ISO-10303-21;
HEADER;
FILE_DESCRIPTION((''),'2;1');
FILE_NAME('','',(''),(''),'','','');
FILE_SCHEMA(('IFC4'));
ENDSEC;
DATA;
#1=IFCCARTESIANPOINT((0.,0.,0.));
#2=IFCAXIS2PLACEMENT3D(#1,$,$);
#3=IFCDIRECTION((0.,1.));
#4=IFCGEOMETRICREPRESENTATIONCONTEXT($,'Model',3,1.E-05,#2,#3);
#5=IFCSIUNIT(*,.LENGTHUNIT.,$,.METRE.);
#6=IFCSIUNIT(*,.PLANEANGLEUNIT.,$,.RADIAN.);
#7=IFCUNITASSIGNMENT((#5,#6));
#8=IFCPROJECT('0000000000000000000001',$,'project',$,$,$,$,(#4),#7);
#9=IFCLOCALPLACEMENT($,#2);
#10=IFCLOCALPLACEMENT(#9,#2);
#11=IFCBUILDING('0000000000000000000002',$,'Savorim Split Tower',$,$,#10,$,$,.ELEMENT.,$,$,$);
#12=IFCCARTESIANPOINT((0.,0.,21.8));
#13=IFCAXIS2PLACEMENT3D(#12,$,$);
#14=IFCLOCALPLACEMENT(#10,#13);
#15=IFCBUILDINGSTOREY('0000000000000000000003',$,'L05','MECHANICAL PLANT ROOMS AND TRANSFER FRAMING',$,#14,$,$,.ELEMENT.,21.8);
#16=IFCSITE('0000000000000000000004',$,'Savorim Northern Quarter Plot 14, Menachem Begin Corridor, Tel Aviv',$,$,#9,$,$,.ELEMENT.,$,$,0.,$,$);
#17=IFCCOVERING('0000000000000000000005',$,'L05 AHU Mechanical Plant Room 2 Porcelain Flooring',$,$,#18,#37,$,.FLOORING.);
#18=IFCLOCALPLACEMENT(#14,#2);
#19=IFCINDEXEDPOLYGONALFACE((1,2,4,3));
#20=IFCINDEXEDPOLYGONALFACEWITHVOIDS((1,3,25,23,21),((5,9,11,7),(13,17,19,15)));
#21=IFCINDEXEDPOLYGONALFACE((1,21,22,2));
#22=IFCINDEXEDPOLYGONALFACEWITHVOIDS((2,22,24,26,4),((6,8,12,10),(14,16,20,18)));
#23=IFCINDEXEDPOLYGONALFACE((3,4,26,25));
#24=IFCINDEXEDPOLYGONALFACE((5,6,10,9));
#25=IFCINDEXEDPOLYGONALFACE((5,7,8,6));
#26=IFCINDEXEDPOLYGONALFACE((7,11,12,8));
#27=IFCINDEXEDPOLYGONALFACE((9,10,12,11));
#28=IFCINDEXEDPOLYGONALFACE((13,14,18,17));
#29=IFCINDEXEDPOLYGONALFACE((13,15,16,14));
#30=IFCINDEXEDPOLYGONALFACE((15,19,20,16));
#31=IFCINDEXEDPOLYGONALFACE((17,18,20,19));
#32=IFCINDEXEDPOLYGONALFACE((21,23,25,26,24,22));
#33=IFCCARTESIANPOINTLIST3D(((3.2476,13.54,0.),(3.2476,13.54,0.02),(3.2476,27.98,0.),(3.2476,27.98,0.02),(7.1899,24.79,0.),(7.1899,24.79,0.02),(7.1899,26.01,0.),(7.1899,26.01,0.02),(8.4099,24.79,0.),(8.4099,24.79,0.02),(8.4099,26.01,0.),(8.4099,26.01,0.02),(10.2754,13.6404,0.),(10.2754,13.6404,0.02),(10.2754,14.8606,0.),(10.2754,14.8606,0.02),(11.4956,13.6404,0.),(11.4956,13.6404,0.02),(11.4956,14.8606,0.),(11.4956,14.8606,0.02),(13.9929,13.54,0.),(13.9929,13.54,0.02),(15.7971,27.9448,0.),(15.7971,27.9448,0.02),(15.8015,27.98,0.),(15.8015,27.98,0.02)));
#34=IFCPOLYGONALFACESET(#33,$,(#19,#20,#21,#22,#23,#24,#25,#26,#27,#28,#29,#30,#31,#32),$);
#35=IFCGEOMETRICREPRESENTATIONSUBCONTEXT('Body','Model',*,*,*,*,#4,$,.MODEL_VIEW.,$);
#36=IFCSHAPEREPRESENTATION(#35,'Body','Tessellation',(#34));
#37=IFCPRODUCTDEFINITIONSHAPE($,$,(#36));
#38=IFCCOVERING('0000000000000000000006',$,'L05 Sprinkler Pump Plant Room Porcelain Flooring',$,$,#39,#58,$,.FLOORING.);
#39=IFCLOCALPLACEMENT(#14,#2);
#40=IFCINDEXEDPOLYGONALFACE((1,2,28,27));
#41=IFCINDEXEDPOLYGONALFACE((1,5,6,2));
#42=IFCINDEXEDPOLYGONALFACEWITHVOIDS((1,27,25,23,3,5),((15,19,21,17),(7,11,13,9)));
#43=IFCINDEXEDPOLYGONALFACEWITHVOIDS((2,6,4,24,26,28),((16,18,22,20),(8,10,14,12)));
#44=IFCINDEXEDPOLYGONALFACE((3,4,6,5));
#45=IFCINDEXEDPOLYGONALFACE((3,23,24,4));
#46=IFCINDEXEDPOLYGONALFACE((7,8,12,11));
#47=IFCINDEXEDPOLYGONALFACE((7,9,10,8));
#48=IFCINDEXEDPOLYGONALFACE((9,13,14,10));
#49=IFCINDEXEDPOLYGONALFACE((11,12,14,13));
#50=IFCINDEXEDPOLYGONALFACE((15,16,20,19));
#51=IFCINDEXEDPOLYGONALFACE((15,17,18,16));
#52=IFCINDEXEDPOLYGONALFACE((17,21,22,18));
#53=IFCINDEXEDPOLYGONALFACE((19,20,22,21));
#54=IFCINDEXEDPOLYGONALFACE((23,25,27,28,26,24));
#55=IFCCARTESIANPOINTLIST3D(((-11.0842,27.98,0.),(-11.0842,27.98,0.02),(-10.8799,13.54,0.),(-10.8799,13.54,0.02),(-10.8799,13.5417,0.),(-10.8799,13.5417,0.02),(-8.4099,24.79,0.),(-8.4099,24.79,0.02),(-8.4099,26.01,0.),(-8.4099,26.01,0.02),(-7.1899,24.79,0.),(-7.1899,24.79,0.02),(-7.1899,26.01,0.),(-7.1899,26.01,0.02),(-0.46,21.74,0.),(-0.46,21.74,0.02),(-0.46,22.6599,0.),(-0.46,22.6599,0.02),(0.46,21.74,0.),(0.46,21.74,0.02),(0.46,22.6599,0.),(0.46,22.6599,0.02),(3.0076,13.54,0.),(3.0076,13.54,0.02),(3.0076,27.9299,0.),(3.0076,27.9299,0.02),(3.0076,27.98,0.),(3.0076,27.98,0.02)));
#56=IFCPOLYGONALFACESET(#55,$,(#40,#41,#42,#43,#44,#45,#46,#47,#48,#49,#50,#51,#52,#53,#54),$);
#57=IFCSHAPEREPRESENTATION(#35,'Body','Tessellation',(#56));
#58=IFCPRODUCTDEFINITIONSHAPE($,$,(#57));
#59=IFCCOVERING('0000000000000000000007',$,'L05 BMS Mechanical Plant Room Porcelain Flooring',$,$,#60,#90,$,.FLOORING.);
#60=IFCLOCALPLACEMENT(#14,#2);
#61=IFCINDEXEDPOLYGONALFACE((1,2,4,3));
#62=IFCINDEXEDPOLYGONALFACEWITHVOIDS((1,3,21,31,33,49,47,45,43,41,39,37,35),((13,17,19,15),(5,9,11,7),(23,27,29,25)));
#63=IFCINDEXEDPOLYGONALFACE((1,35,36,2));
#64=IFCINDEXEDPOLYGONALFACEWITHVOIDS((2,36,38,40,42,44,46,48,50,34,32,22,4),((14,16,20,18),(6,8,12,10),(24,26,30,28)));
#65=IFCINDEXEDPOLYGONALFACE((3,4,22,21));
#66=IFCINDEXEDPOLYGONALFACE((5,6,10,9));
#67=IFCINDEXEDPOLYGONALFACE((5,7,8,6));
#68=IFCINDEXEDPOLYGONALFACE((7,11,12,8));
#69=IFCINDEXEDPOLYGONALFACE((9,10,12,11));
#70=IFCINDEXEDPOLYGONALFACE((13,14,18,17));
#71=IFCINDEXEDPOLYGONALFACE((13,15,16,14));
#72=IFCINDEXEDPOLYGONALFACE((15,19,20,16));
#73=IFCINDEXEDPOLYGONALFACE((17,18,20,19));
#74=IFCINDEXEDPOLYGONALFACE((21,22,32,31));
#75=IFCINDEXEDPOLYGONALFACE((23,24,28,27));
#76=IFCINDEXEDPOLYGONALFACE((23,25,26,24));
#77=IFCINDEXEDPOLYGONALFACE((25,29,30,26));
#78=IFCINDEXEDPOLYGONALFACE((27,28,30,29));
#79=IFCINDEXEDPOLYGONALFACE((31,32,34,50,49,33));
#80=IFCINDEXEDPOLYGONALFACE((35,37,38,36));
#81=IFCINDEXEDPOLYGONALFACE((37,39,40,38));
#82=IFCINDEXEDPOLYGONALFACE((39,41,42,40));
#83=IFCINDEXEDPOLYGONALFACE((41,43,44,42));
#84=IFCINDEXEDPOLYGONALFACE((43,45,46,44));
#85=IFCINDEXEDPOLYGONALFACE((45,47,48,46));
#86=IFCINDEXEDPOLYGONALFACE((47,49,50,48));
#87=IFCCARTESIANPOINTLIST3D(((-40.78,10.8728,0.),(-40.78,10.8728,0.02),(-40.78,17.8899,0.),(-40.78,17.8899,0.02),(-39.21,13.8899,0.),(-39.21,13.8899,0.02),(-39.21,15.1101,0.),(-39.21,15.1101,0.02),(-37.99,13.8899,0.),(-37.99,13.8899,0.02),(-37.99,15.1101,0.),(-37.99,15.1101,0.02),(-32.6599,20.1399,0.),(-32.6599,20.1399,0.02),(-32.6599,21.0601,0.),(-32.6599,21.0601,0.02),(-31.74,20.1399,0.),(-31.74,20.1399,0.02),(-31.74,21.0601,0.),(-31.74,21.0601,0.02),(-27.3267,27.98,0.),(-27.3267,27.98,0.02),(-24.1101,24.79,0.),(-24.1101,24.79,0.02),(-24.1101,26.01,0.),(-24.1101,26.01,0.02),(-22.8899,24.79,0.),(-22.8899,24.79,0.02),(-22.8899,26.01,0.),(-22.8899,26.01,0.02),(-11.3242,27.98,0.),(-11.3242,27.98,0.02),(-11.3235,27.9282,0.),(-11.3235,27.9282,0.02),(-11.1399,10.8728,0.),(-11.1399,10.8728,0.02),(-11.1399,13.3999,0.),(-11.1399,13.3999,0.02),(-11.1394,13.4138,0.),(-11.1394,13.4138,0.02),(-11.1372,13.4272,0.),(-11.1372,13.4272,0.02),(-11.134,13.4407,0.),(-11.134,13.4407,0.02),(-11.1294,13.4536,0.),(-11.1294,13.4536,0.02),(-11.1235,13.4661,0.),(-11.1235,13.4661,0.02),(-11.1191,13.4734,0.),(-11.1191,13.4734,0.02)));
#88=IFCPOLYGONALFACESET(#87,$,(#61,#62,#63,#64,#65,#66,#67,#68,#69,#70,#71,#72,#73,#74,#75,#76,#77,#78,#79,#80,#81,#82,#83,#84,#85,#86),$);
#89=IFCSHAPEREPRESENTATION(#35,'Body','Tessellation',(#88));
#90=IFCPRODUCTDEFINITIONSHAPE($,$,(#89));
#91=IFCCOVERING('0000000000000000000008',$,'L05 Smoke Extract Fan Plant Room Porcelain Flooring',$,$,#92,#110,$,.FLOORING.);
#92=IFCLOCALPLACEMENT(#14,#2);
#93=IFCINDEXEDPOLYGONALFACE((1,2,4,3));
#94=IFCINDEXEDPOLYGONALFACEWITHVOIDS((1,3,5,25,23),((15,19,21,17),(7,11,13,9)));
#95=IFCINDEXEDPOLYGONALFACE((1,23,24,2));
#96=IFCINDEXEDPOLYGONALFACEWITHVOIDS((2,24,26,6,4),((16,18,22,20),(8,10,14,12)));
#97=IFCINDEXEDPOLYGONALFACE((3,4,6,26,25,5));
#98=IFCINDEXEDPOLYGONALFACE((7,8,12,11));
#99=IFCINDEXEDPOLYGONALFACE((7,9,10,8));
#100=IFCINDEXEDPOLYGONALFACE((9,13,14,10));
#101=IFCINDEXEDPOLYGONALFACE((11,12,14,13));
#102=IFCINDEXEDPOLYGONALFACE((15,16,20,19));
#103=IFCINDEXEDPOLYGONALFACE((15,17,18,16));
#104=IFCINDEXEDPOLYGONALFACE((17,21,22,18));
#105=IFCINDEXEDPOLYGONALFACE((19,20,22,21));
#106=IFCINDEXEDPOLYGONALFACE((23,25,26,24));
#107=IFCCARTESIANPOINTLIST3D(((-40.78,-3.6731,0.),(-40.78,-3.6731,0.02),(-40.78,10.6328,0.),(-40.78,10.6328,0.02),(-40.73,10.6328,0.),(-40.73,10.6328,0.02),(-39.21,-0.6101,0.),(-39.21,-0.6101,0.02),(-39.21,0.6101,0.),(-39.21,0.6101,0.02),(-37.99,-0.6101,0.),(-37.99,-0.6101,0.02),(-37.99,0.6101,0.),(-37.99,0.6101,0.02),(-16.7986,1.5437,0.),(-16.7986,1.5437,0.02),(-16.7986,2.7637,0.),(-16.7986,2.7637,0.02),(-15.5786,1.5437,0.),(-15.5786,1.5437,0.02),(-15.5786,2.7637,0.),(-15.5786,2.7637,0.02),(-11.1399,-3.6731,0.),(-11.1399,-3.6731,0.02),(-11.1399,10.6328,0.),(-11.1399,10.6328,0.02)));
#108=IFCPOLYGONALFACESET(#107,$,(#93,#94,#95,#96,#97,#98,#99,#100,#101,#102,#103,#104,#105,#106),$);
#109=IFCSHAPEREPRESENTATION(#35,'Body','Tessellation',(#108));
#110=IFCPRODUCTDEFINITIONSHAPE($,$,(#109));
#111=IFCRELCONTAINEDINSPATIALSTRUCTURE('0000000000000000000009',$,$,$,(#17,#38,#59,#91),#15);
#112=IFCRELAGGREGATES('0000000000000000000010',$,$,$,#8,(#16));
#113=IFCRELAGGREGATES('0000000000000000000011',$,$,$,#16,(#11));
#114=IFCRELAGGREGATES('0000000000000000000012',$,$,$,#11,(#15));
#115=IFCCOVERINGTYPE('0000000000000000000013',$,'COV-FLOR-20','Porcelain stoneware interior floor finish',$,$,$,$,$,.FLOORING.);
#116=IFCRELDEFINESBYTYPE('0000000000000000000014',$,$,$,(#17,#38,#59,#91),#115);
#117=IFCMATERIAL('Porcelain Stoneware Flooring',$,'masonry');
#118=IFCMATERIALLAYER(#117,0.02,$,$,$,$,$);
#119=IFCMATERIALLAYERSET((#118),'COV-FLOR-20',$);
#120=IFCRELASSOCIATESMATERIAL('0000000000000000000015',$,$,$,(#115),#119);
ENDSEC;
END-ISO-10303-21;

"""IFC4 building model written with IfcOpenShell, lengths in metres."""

from ifc_helpers import new_model, si_unit, direction, frame, origin, place, context, subcontext, project, spatial, polyline, outline, extrude, material, layer, layer_set, type_object, element, save


model = new_model("IFC4")

# Units and contexts
model_context = context("Model", 3, precision=1e-05, world=origin(), true_north=direction((0.0, 1.0)))
body_context = subcontext(model_context, "Body", "Model", "MODEL_VIEW")
ifc_project = project(units=[si_unit("LENGTHUNIT", "METRE"), si_unit("PLANEANGLEUNIT", "RADIAN")], contexts=[model_context])

# Site, building, storey
site_placement = place(None, origin())
site = spatial("IfcSite", under=ifc_project, at=site_placement, Name="Savorim Northern Quarter Plot 14, Menachem Begin Corridor, Tel Aviv", CompositionType="ELEMENT", RefElevation=0.0)
building_placement = place(site_placement, origin())
building = spatial("IfcBuilding", under=site, at=building_placement, Name="Savorim Split Tower", CompositionType="ELEMENT")
storey_placement = place(building_placement, frame((0.0, 0.0, 21.8)))
storey = spatial("IfcBuildingStorey", under=building, at=storey_placement, Name="L05", Description="MECHANICAL PLANT ROOMS AND TRANSFER FRAMING", CompositionType="ELEMENT", Elevation=21.8)

# Coverings
ifc_material_1 = material(Name="Porcelain Stoneware Flooring", Category="masonry")
ifc_layer_1 = layer(ifc_material_1, 0.02)
ifc_layer_set_1 = layer_set([ifc_layer_1], Name="COV-FLOR-20")
covering_type_1 = type_object("IfcCoveringType", Name="COV-FLOR-20", Description="Porcelain stoneware interior floor finish", PredefinedType="FLOORING", material=ifc_layer_set_1)
covering_1_placement = place(storey_placement, origin())
element("IfcCovering", 1, at=covering_1_placement, inside=storey, type_object=covering_type_1, Name="L05 AHU Mechanical Plant Room 2 Porcelain Flooring", PredefinedType="FLOORING", context=body_context, shape_type="SweptSolid", body=[
    extrude(outline(polyline([(13.9929, 13.54), (15.7971, 27.9448), (15.8015, 27.98), (3.2476, 27.98), (3.2476, 13.54), (13.9929, 13.54)]), holes=[polyline([(7.1899, 24.79), (8.4099, 24.79), (8.4099, 26.01), (7.1899, 26.01), (7.1899, 24.79)]), polyline([(10.2754, 14.8606), (10.2754, 13.6404), (11.4956, 13.6404), (11.4956, 14.8606), (10.2754, 14.8606)])]), origin(), (0.0, 0.0, 1.0), 0.02),
])
covering_2_placement = place(storey_placement, origin())
element("IfcCovering", 2, at=covering_2_placement, inside=storey, type_object=covering_type_1, Name="L05 Sprinkler Pump Plant Room Porcelain Flooring", PredefinedType="FLOORING", context=body_context, shape_type="SweptSolid", body=[
    extrude(outline(polyline([(3.0076, 13.54), (3.0076, 27.9299), (3.0076, 27.98), (-11.0842, 27.98), (-10.8799, 13.5417), (-10.8799, 13.54), (3.0076, 13.54)]), holes=[polyline([(-7.1899, 24.79), (-7.1899, 26.01), (-8.4099, 26.01), (-8.4099, 24.79), (-7.1899, 24.79)]), polyline([(-0.46, 22.6599), (-0.46, 21.74), (0.46, 21.74), (0.46, 22.6599), (-0.46, 22.6599)])]), origin(), (0.0, 0.0, 1.0), 0.02),
])
covering_3_placement = place(storey_placement, origin())
element("IfcCovering", 3, at=covering_3_placement, inside=storey, type_object=covering_type_1, Name="L05 BMS Mechanical Plant Room Porcelain Flooring", PredefinedType="FLOORING", context=body_context, shape_type="SweptSolid", body=[
    extrude(outline(polyline([(-11.3242, 27.98), (-27.3267, 27.98), (-40.78, 17.8899), (-40.78, 10.8728), (-11.1399, 10.8728), (-11.1399, 13.3999), (-11.1394, 13.4138), (-11.1372, 13.4272), (-11.134, 13.4407), (-11.1294, 13.4536), (-11.1235, 13.4661), (-11.1191, 13.4734), (-11.3235, 27.9282), (-11.3242, 27.98)]), holes=[polyline([(-22.8899, 26.01), (-24.1101, 26.01), (-24.1101, 24.79), (-22.8899, 24.79), (-22.8899, 26.01)]), polyline([(-37.99, 15.1101), (-39.21, 15.1101), (-39.21, 13.8899), (-37.99, 13.8899), (-37.99, 15.1101)]), polyline([(-31.74, 20.1399), (-31.74, 21.0601), (-32.6599, 21.0601), (-32.6599, 20.1399), (-31.74, 20.1399)])]), origin(), (0.0, 0.0, 1.0), 0.02),
])
covering_4_placement = place(storey_placement, origin())
element("IfcCovering", 4, at=covering_4_placement, inside=storey, type_object=covering_type_1, Name="L05 Smoke Extract Fan Plant Room Porcelain Flooring", PredefinedType="FLOORING", context=body_context, shape_type="SweptSolid", body=[
    extrude(outline(polyline([(-11.1399, 10.6328), (-40.73, 10.6328), (-40.78, 10.6328), (-40.78, -3.6731), (-11.1399, -3.6731), (-11.1399, 10.6328)]), holes=[polyline([(-37.99, 0.6101), (-39.21, 0.6101), (-39.21, -0.6101), (-37.99, -0.6101), (-37.99, 0.6101)]), polyline([(-15.5786, 1.5437), (-15.5786, 2.7637), (-16.7986, 2.7637), (-16.7986, 1.5437), (-15.5786, 1.5437)])]), origin(), (0.0, 0.0, 1.0), 0.02),
])

save(model, "model.ifc")
